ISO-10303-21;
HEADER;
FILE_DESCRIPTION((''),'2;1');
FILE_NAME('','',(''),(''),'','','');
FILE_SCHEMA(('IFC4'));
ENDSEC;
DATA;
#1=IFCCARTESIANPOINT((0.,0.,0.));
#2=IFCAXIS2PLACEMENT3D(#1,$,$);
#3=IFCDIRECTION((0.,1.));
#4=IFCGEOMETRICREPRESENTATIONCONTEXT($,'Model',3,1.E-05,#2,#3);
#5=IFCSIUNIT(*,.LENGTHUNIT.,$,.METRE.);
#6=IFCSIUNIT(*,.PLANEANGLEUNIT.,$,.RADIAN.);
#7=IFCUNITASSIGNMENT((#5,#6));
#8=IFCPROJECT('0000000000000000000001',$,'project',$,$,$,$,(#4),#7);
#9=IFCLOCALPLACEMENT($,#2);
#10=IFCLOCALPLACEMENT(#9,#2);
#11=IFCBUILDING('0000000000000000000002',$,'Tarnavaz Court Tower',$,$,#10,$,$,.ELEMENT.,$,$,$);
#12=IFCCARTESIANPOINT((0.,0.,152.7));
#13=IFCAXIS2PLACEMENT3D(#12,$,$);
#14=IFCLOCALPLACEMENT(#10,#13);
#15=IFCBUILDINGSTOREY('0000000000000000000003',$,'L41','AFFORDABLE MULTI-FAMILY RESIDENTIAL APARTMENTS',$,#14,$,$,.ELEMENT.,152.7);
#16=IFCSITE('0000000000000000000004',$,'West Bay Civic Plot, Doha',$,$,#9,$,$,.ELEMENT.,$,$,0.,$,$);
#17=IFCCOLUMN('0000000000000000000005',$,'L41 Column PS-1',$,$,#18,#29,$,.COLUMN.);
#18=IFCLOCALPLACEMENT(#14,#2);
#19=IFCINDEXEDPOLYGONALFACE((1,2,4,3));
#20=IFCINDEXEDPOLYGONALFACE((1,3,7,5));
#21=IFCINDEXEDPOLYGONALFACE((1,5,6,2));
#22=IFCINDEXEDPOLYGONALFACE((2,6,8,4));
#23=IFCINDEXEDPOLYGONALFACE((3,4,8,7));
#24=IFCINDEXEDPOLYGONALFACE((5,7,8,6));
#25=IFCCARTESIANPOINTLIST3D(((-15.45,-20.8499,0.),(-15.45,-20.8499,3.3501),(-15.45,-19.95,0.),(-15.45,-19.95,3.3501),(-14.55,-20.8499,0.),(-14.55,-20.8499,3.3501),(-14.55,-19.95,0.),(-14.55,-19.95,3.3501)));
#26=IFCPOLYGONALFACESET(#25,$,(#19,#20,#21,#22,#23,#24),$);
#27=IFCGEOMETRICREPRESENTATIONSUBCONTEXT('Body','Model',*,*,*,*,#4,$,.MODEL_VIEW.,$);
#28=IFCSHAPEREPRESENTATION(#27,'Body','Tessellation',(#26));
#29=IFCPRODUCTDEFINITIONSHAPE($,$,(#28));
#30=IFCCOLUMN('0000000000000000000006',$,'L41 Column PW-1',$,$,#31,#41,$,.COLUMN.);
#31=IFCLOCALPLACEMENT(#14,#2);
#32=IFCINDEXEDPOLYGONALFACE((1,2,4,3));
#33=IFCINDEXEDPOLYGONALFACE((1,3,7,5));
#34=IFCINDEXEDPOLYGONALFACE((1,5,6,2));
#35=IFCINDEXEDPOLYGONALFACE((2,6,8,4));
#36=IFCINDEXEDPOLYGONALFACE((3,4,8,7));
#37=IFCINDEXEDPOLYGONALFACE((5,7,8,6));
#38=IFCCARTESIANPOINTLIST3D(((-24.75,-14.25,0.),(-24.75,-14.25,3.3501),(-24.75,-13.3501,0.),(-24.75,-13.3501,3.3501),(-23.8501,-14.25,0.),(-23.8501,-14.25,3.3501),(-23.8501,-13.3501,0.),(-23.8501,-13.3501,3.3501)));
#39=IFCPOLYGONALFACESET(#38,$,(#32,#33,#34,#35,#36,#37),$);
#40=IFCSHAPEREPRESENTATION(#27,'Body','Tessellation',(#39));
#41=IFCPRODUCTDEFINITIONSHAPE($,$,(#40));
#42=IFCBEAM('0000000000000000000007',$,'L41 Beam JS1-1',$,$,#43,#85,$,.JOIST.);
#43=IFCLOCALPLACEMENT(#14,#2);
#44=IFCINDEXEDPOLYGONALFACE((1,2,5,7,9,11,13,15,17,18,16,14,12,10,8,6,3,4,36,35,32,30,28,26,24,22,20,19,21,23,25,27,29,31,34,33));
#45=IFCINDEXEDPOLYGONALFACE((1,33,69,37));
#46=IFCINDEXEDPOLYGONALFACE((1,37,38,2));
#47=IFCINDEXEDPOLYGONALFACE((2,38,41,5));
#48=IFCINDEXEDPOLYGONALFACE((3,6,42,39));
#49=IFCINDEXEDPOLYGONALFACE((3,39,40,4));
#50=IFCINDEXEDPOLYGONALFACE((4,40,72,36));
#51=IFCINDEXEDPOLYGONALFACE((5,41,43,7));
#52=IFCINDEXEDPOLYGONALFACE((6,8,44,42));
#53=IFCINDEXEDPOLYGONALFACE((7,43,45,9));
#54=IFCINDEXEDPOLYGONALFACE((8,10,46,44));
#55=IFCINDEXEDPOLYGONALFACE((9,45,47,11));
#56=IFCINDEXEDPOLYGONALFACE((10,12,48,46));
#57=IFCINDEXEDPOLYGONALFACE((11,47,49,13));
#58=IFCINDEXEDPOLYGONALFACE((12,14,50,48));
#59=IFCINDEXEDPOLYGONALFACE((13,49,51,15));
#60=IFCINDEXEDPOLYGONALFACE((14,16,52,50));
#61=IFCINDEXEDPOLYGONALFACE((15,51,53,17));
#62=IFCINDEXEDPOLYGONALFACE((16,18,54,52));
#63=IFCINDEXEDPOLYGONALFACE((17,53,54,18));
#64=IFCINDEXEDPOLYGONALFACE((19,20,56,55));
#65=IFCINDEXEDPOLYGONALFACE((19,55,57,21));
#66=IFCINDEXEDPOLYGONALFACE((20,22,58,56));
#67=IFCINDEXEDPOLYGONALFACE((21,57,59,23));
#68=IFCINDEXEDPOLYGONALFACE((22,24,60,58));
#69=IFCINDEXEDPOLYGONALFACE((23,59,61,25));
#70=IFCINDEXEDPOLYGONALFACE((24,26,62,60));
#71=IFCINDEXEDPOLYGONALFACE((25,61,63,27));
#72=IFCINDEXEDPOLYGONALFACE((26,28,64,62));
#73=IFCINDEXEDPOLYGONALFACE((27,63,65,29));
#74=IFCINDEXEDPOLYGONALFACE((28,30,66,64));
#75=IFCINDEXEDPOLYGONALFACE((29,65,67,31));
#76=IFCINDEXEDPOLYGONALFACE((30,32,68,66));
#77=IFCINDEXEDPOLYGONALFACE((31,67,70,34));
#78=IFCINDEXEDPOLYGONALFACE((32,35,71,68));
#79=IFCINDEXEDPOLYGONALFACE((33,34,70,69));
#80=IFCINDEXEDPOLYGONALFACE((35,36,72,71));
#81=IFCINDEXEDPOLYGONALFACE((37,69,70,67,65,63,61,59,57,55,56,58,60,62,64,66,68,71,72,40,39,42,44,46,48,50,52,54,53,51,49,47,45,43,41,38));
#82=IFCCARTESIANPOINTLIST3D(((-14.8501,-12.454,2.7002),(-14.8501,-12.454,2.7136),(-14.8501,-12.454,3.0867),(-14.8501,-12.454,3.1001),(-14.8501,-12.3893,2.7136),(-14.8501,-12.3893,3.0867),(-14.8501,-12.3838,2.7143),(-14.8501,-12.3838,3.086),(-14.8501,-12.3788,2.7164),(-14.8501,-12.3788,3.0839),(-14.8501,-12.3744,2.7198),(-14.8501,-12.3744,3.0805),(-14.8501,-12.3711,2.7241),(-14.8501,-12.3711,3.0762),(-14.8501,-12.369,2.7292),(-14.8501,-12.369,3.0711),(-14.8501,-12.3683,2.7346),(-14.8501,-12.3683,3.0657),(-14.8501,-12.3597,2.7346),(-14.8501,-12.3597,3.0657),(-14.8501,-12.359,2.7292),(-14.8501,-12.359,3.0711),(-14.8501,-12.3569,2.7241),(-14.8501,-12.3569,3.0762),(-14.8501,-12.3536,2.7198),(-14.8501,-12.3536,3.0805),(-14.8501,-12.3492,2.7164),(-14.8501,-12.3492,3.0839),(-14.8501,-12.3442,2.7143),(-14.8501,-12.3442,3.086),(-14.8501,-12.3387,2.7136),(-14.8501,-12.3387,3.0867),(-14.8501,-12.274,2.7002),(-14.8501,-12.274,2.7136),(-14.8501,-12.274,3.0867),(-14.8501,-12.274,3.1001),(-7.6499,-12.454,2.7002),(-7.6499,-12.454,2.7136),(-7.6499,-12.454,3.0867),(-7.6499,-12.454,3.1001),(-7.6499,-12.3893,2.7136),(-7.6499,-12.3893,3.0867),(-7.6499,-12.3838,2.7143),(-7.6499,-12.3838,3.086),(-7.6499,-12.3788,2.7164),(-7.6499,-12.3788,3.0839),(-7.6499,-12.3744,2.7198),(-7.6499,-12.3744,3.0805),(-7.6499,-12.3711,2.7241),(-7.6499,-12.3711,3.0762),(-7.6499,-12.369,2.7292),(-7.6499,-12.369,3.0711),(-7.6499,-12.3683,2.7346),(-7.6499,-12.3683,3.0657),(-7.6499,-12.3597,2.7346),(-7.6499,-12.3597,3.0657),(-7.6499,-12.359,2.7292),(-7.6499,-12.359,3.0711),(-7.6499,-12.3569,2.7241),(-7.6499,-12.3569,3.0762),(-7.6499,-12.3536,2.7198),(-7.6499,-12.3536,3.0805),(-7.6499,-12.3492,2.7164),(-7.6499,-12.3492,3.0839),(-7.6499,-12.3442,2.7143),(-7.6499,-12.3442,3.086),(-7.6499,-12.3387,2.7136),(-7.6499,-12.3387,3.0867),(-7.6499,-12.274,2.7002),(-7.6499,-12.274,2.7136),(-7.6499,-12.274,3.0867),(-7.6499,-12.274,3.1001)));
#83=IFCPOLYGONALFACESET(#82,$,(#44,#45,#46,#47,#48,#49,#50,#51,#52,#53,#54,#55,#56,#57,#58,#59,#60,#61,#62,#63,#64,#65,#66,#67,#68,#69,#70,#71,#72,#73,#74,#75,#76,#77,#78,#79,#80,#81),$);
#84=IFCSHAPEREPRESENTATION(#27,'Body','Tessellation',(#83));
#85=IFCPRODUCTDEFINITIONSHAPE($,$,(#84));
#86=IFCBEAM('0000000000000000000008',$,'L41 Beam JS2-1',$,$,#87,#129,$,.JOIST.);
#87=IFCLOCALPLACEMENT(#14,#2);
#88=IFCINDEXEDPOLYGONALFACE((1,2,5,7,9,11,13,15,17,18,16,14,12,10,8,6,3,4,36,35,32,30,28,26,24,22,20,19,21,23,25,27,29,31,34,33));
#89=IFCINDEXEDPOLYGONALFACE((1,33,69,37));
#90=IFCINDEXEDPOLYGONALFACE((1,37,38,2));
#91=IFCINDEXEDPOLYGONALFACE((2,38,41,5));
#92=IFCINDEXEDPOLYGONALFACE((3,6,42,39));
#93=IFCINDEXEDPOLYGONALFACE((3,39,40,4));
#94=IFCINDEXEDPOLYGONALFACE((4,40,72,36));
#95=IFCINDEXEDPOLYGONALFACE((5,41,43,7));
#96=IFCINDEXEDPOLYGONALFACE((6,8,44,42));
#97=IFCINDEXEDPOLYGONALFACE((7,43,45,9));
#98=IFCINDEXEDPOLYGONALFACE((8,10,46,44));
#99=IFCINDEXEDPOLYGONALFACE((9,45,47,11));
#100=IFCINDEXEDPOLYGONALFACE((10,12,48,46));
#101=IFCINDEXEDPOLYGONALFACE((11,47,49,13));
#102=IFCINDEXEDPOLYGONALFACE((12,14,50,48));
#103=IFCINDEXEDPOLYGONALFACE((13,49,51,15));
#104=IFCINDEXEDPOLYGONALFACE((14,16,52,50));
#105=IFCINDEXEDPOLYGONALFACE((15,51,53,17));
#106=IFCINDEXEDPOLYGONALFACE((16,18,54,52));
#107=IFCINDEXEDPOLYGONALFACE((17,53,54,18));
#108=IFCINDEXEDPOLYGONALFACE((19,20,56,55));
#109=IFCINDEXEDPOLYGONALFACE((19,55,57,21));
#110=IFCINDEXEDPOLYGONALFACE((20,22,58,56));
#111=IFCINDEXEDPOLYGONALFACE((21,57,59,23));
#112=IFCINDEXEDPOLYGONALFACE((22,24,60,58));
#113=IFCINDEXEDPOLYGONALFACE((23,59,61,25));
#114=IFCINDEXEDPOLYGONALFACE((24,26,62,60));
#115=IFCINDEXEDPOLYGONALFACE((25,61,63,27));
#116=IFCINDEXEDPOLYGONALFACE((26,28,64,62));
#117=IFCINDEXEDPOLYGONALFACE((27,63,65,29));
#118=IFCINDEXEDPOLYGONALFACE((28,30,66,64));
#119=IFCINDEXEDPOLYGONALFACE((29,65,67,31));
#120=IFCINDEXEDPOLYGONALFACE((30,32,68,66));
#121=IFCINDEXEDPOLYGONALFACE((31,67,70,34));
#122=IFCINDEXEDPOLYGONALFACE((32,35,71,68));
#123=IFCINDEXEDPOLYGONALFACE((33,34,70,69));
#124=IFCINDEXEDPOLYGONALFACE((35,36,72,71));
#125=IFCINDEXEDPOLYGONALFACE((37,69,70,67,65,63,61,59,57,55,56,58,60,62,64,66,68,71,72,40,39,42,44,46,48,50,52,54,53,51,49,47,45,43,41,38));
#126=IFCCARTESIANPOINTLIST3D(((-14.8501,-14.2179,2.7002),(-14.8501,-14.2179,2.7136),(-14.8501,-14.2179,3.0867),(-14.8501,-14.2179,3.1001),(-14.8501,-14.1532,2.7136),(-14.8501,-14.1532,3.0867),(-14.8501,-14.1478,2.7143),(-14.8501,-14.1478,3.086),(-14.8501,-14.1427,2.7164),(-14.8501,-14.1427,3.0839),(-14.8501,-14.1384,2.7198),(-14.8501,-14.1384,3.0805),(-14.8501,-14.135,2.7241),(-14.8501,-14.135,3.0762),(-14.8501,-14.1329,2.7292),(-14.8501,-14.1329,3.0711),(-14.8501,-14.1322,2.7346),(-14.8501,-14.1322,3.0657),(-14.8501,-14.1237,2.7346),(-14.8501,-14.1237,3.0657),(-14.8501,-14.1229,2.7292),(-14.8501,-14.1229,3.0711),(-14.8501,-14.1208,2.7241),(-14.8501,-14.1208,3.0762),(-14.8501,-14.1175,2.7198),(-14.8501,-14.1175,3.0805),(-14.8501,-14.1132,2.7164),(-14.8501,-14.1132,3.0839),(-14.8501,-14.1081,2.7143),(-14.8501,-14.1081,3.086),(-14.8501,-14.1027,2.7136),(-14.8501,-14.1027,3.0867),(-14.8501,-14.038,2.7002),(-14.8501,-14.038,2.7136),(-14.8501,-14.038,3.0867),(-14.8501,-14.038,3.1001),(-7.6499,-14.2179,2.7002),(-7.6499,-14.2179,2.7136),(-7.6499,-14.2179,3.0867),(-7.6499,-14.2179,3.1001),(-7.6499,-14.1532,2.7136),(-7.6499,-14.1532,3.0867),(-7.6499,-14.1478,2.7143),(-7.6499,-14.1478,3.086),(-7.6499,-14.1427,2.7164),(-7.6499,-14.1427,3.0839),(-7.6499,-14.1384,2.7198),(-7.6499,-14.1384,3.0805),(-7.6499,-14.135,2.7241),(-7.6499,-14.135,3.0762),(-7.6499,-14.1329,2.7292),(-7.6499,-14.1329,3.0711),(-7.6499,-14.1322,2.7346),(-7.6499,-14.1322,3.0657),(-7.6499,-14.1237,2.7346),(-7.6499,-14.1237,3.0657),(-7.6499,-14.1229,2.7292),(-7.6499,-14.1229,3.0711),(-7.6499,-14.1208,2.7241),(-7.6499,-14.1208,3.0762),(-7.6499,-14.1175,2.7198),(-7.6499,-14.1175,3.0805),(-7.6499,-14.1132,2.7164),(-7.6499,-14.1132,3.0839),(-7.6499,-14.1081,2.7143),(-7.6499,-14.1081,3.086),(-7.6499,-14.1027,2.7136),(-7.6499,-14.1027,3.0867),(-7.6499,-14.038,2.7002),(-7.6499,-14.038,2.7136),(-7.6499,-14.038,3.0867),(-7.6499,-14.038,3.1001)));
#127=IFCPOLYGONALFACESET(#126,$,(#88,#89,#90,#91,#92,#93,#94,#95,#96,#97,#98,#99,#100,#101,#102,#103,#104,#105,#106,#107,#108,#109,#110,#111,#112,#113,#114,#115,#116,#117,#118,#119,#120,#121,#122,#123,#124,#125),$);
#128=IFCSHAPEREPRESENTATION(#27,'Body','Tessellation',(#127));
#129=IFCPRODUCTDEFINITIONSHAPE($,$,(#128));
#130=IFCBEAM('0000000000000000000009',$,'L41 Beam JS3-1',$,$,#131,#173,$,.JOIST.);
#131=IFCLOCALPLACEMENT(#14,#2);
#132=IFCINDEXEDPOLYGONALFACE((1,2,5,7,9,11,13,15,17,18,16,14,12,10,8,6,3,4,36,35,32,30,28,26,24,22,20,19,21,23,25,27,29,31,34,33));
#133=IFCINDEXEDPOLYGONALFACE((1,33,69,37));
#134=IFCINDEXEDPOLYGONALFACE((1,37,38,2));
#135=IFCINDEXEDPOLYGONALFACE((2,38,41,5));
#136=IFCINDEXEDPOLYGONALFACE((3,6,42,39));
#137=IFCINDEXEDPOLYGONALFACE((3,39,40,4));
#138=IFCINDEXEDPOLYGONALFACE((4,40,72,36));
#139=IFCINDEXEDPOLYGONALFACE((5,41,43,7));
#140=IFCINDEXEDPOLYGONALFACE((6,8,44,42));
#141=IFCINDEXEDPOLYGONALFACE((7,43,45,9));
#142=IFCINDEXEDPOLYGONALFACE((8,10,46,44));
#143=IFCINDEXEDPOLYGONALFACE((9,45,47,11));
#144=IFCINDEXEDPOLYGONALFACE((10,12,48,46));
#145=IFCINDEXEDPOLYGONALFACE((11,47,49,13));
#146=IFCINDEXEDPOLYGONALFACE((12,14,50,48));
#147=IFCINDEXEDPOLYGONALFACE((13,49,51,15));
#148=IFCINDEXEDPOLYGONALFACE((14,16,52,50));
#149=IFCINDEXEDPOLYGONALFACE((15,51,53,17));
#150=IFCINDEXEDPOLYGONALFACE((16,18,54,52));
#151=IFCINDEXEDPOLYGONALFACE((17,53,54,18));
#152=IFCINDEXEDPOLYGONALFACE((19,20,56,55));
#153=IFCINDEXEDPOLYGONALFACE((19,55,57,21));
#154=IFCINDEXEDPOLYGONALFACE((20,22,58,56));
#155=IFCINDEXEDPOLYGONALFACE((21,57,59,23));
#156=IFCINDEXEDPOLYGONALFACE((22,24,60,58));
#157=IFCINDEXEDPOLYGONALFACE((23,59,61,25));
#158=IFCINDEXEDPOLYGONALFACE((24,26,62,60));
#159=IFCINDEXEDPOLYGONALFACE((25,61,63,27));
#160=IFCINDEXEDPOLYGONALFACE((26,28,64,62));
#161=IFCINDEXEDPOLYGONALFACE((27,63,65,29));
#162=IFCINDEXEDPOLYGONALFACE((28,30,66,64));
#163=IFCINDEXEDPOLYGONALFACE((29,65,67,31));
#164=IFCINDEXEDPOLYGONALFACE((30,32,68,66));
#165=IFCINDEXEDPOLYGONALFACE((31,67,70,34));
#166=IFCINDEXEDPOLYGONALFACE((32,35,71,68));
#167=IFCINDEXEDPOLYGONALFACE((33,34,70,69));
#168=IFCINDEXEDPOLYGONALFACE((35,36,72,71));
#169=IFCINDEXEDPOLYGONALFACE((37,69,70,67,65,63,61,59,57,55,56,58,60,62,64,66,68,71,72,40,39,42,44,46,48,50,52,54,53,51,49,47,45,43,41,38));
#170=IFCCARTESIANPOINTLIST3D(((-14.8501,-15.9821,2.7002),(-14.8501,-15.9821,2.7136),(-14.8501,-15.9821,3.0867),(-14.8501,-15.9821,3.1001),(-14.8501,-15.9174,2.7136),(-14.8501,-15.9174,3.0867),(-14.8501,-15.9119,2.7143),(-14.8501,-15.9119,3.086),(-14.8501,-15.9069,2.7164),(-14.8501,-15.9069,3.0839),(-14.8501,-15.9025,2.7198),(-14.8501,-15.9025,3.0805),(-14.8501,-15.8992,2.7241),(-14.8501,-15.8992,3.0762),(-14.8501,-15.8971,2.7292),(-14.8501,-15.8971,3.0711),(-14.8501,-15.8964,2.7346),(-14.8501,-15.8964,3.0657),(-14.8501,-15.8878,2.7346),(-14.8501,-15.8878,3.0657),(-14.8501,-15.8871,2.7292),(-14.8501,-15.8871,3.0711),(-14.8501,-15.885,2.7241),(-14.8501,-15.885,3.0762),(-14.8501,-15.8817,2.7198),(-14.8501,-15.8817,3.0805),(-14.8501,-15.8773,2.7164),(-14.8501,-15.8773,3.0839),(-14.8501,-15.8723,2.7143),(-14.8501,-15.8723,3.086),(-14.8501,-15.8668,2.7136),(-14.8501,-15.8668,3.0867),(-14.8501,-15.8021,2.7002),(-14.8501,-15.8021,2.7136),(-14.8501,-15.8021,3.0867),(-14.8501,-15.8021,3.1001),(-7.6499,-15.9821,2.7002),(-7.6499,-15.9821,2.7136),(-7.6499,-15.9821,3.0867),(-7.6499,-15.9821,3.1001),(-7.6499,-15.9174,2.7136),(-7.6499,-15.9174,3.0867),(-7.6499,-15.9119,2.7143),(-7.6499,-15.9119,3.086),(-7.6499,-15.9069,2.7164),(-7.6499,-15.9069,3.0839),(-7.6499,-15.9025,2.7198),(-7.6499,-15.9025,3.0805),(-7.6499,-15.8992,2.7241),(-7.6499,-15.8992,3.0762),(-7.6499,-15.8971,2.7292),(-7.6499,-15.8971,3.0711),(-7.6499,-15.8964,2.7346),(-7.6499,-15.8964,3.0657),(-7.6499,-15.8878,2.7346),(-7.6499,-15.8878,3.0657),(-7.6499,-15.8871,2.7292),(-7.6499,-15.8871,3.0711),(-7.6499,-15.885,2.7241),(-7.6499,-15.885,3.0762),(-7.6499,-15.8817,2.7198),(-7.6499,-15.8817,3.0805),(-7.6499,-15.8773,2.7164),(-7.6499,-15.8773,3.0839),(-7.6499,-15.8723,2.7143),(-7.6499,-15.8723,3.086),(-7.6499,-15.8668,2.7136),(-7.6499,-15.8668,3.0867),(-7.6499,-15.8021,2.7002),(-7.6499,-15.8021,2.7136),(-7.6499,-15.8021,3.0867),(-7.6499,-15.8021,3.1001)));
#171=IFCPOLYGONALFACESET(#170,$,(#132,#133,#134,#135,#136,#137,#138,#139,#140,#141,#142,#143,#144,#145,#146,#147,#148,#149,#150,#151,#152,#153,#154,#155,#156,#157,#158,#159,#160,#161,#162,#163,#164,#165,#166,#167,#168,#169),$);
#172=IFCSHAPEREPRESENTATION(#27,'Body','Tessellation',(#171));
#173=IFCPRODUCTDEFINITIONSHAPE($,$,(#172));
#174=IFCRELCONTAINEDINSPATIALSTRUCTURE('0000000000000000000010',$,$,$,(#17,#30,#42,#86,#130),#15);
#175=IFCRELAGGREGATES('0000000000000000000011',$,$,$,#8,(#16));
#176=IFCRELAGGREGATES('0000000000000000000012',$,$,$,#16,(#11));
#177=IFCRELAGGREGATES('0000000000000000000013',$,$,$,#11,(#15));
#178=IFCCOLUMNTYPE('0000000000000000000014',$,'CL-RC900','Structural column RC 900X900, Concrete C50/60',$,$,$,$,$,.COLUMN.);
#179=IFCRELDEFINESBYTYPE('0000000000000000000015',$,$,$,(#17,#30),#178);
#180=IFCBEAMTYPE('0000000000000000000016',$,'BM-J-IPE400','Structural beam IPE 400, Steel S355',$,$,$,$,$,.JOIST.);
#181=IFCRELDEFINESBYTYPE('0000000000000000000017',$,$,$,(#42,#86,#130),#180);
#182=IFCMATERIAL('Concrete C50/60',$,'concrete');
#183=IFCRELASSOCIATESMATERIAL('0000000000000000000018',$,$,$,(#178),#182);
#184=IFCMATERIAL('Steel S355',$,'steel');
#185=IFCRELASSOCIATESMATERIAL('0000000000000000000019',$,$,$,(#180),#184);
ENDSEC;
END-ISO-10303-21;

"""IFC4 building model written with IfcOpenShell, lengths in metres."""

from ifc_helpers import new_model, si_unit, direction, frame, origin, origin_2d, place, context, subcontext, project, spatial, rectangle, i_section, extrude, material, material_profile, profile_set, type_object, element, save


model = new_model("IFC4")

# Units and contexts
model_context = context("Model", 3, precision=1e-05, world=origin(), true_north=direction((0.0, 1.0)))
body_context = subcontext(model_context, "Body", "Model", "MODEL_VIEW")
ifc_project = project(units=[si_unit("LENGTHUNIT", "METRE"), si_unit("PLANEANGLEUNIT", "RADIAN")], contexts=[model_context])

# Site, building, storey
site_placement = place(None, origin())
site = spatial("IfcSite", under=ifc_project, at=site_placement, Name="West Bay Civic Plot, Doha", CompositionType="ELEMENT", RefElevation=0.0)
building_placement = place(site_placement, origin())
building = spatial("IfcBuilding", under=site, at=building_placement, Name="Tarnavaz Court Tower", CompositionType="ELEMENT")
storey_placement = place(building_placement, frame((0.0, 0.0, 152.7)))
storey = spatial("IfcBuildingStorey", under=building, at=storey_placement, Name="L41", Description="AFFORDABLE MULTI-FAMILY RESIDENTIAL APARTMENTS", CompositionType="ELEMENT", Elevation=152.7)

# Columns
ifc_material_1 = material(Name="Concrete C50/60", Category="concrete")
ifc_material_profile_1 = material_profile(ifc_material_1, rectangle(XDim=0.8999, YDim=0.8999, at=origin_2d()), Name="RC 900X900")
ifc_profile_set_1 = profile_set([ifc_material_profile_1], Name="Concrete C50/60")
column_type = type_object("IfcColumnType", Name="CL-RC900", Description="Structural column RC 900X900, Concrete C50/60", PredefinedType="COLUMN", material=ifc_profile_set_1)
for number, where, z_axis, x_axis, name in (
    (1, (-15.0, -20.3999, 0.0), (0.0, 0.0, 1.0), (1.0, 0.0, 0.0), "L41 Column PS-1"),
    (2, (-24.3, -13.8, 0.0), (0.0, 0.0, 1.0), (1.0, 0.0, 0.0), "L41 Column PW-1"),
):
    element("IfcColumn", number, at=place(storey_placement, frame(where, z_axis=z_axis, x_axis=x_axis)), inside=storey, type_object=column_type, Name=name, PredefinedType="COLUMN", context=body_context, shape_type="SweptSolid", body=[
        extrude(rectangle(XDim=0.8999, YDim=0.8999, at=origin_2d()), origin(), (0.0, 0.0, 1.0), 3.3501),
    ])

# Beams
ifc_material_2 = material(Name="Steel S355", Category="steel")
ifc_material_profile_2 = material_profile(ifc_material_2, i_section(OverallWidth=0.1799, OverallDepth=0.3999, WebThickness=0.0085, FlangeThickness=0.0134, FilletRadius=0.021, at=origin_2d()), Name="IPE 400")
ifc_profile_set_2 = profile_set([ifc_material_profile_2], Name="Steel S355")
beam_type_1 = type_object("IfcBeamType", Name="BM-J-IPE400", Description="Structural beam IPE 400, Steel S355", PredefinedType="JOIST", material=ifc_profile_set_2)
for number, where, z_axis, x_axis, name in (
    (3, (-14.8501, -12.364, 2.9001), (1.0, 0.0, 0.0), (0.0, 1.0, 0.0), "L41 Beam JS1-1"),
    (4, (-14.8501, -14.1279, 2.9001), (1.0, 0.0, 0.0), (0.0, 1.0, 0.0), "L41 Beam JS2-1"),
    (5, (-14.8501, -15.8921, 2.9001), (1.0, 0.0, 0.0), (0.0, 1.0, 0.0), "L41 Beam JS3-1"),
):
    element("IfcBeam", number, at=place(storey_placement, frame(where, z_axis=z_axis, x_axis=x_axis)), inside=storey, type_object=beam_type_1, Name=name, PredefinedType="JOIST", context=body_context, shape_type="SweptSolid", body=[
        extrude(i_section(OverallWidth=0.1799, OverallDepth=0.3999, WebThickness=0.0085, FlangeThickness=0.0134, FilletRadius=0.021, at=origin_2d()), origin(), (0.0, 0.0, 1.0), 7.2002),
    ])

save(model, "model.ifc")
